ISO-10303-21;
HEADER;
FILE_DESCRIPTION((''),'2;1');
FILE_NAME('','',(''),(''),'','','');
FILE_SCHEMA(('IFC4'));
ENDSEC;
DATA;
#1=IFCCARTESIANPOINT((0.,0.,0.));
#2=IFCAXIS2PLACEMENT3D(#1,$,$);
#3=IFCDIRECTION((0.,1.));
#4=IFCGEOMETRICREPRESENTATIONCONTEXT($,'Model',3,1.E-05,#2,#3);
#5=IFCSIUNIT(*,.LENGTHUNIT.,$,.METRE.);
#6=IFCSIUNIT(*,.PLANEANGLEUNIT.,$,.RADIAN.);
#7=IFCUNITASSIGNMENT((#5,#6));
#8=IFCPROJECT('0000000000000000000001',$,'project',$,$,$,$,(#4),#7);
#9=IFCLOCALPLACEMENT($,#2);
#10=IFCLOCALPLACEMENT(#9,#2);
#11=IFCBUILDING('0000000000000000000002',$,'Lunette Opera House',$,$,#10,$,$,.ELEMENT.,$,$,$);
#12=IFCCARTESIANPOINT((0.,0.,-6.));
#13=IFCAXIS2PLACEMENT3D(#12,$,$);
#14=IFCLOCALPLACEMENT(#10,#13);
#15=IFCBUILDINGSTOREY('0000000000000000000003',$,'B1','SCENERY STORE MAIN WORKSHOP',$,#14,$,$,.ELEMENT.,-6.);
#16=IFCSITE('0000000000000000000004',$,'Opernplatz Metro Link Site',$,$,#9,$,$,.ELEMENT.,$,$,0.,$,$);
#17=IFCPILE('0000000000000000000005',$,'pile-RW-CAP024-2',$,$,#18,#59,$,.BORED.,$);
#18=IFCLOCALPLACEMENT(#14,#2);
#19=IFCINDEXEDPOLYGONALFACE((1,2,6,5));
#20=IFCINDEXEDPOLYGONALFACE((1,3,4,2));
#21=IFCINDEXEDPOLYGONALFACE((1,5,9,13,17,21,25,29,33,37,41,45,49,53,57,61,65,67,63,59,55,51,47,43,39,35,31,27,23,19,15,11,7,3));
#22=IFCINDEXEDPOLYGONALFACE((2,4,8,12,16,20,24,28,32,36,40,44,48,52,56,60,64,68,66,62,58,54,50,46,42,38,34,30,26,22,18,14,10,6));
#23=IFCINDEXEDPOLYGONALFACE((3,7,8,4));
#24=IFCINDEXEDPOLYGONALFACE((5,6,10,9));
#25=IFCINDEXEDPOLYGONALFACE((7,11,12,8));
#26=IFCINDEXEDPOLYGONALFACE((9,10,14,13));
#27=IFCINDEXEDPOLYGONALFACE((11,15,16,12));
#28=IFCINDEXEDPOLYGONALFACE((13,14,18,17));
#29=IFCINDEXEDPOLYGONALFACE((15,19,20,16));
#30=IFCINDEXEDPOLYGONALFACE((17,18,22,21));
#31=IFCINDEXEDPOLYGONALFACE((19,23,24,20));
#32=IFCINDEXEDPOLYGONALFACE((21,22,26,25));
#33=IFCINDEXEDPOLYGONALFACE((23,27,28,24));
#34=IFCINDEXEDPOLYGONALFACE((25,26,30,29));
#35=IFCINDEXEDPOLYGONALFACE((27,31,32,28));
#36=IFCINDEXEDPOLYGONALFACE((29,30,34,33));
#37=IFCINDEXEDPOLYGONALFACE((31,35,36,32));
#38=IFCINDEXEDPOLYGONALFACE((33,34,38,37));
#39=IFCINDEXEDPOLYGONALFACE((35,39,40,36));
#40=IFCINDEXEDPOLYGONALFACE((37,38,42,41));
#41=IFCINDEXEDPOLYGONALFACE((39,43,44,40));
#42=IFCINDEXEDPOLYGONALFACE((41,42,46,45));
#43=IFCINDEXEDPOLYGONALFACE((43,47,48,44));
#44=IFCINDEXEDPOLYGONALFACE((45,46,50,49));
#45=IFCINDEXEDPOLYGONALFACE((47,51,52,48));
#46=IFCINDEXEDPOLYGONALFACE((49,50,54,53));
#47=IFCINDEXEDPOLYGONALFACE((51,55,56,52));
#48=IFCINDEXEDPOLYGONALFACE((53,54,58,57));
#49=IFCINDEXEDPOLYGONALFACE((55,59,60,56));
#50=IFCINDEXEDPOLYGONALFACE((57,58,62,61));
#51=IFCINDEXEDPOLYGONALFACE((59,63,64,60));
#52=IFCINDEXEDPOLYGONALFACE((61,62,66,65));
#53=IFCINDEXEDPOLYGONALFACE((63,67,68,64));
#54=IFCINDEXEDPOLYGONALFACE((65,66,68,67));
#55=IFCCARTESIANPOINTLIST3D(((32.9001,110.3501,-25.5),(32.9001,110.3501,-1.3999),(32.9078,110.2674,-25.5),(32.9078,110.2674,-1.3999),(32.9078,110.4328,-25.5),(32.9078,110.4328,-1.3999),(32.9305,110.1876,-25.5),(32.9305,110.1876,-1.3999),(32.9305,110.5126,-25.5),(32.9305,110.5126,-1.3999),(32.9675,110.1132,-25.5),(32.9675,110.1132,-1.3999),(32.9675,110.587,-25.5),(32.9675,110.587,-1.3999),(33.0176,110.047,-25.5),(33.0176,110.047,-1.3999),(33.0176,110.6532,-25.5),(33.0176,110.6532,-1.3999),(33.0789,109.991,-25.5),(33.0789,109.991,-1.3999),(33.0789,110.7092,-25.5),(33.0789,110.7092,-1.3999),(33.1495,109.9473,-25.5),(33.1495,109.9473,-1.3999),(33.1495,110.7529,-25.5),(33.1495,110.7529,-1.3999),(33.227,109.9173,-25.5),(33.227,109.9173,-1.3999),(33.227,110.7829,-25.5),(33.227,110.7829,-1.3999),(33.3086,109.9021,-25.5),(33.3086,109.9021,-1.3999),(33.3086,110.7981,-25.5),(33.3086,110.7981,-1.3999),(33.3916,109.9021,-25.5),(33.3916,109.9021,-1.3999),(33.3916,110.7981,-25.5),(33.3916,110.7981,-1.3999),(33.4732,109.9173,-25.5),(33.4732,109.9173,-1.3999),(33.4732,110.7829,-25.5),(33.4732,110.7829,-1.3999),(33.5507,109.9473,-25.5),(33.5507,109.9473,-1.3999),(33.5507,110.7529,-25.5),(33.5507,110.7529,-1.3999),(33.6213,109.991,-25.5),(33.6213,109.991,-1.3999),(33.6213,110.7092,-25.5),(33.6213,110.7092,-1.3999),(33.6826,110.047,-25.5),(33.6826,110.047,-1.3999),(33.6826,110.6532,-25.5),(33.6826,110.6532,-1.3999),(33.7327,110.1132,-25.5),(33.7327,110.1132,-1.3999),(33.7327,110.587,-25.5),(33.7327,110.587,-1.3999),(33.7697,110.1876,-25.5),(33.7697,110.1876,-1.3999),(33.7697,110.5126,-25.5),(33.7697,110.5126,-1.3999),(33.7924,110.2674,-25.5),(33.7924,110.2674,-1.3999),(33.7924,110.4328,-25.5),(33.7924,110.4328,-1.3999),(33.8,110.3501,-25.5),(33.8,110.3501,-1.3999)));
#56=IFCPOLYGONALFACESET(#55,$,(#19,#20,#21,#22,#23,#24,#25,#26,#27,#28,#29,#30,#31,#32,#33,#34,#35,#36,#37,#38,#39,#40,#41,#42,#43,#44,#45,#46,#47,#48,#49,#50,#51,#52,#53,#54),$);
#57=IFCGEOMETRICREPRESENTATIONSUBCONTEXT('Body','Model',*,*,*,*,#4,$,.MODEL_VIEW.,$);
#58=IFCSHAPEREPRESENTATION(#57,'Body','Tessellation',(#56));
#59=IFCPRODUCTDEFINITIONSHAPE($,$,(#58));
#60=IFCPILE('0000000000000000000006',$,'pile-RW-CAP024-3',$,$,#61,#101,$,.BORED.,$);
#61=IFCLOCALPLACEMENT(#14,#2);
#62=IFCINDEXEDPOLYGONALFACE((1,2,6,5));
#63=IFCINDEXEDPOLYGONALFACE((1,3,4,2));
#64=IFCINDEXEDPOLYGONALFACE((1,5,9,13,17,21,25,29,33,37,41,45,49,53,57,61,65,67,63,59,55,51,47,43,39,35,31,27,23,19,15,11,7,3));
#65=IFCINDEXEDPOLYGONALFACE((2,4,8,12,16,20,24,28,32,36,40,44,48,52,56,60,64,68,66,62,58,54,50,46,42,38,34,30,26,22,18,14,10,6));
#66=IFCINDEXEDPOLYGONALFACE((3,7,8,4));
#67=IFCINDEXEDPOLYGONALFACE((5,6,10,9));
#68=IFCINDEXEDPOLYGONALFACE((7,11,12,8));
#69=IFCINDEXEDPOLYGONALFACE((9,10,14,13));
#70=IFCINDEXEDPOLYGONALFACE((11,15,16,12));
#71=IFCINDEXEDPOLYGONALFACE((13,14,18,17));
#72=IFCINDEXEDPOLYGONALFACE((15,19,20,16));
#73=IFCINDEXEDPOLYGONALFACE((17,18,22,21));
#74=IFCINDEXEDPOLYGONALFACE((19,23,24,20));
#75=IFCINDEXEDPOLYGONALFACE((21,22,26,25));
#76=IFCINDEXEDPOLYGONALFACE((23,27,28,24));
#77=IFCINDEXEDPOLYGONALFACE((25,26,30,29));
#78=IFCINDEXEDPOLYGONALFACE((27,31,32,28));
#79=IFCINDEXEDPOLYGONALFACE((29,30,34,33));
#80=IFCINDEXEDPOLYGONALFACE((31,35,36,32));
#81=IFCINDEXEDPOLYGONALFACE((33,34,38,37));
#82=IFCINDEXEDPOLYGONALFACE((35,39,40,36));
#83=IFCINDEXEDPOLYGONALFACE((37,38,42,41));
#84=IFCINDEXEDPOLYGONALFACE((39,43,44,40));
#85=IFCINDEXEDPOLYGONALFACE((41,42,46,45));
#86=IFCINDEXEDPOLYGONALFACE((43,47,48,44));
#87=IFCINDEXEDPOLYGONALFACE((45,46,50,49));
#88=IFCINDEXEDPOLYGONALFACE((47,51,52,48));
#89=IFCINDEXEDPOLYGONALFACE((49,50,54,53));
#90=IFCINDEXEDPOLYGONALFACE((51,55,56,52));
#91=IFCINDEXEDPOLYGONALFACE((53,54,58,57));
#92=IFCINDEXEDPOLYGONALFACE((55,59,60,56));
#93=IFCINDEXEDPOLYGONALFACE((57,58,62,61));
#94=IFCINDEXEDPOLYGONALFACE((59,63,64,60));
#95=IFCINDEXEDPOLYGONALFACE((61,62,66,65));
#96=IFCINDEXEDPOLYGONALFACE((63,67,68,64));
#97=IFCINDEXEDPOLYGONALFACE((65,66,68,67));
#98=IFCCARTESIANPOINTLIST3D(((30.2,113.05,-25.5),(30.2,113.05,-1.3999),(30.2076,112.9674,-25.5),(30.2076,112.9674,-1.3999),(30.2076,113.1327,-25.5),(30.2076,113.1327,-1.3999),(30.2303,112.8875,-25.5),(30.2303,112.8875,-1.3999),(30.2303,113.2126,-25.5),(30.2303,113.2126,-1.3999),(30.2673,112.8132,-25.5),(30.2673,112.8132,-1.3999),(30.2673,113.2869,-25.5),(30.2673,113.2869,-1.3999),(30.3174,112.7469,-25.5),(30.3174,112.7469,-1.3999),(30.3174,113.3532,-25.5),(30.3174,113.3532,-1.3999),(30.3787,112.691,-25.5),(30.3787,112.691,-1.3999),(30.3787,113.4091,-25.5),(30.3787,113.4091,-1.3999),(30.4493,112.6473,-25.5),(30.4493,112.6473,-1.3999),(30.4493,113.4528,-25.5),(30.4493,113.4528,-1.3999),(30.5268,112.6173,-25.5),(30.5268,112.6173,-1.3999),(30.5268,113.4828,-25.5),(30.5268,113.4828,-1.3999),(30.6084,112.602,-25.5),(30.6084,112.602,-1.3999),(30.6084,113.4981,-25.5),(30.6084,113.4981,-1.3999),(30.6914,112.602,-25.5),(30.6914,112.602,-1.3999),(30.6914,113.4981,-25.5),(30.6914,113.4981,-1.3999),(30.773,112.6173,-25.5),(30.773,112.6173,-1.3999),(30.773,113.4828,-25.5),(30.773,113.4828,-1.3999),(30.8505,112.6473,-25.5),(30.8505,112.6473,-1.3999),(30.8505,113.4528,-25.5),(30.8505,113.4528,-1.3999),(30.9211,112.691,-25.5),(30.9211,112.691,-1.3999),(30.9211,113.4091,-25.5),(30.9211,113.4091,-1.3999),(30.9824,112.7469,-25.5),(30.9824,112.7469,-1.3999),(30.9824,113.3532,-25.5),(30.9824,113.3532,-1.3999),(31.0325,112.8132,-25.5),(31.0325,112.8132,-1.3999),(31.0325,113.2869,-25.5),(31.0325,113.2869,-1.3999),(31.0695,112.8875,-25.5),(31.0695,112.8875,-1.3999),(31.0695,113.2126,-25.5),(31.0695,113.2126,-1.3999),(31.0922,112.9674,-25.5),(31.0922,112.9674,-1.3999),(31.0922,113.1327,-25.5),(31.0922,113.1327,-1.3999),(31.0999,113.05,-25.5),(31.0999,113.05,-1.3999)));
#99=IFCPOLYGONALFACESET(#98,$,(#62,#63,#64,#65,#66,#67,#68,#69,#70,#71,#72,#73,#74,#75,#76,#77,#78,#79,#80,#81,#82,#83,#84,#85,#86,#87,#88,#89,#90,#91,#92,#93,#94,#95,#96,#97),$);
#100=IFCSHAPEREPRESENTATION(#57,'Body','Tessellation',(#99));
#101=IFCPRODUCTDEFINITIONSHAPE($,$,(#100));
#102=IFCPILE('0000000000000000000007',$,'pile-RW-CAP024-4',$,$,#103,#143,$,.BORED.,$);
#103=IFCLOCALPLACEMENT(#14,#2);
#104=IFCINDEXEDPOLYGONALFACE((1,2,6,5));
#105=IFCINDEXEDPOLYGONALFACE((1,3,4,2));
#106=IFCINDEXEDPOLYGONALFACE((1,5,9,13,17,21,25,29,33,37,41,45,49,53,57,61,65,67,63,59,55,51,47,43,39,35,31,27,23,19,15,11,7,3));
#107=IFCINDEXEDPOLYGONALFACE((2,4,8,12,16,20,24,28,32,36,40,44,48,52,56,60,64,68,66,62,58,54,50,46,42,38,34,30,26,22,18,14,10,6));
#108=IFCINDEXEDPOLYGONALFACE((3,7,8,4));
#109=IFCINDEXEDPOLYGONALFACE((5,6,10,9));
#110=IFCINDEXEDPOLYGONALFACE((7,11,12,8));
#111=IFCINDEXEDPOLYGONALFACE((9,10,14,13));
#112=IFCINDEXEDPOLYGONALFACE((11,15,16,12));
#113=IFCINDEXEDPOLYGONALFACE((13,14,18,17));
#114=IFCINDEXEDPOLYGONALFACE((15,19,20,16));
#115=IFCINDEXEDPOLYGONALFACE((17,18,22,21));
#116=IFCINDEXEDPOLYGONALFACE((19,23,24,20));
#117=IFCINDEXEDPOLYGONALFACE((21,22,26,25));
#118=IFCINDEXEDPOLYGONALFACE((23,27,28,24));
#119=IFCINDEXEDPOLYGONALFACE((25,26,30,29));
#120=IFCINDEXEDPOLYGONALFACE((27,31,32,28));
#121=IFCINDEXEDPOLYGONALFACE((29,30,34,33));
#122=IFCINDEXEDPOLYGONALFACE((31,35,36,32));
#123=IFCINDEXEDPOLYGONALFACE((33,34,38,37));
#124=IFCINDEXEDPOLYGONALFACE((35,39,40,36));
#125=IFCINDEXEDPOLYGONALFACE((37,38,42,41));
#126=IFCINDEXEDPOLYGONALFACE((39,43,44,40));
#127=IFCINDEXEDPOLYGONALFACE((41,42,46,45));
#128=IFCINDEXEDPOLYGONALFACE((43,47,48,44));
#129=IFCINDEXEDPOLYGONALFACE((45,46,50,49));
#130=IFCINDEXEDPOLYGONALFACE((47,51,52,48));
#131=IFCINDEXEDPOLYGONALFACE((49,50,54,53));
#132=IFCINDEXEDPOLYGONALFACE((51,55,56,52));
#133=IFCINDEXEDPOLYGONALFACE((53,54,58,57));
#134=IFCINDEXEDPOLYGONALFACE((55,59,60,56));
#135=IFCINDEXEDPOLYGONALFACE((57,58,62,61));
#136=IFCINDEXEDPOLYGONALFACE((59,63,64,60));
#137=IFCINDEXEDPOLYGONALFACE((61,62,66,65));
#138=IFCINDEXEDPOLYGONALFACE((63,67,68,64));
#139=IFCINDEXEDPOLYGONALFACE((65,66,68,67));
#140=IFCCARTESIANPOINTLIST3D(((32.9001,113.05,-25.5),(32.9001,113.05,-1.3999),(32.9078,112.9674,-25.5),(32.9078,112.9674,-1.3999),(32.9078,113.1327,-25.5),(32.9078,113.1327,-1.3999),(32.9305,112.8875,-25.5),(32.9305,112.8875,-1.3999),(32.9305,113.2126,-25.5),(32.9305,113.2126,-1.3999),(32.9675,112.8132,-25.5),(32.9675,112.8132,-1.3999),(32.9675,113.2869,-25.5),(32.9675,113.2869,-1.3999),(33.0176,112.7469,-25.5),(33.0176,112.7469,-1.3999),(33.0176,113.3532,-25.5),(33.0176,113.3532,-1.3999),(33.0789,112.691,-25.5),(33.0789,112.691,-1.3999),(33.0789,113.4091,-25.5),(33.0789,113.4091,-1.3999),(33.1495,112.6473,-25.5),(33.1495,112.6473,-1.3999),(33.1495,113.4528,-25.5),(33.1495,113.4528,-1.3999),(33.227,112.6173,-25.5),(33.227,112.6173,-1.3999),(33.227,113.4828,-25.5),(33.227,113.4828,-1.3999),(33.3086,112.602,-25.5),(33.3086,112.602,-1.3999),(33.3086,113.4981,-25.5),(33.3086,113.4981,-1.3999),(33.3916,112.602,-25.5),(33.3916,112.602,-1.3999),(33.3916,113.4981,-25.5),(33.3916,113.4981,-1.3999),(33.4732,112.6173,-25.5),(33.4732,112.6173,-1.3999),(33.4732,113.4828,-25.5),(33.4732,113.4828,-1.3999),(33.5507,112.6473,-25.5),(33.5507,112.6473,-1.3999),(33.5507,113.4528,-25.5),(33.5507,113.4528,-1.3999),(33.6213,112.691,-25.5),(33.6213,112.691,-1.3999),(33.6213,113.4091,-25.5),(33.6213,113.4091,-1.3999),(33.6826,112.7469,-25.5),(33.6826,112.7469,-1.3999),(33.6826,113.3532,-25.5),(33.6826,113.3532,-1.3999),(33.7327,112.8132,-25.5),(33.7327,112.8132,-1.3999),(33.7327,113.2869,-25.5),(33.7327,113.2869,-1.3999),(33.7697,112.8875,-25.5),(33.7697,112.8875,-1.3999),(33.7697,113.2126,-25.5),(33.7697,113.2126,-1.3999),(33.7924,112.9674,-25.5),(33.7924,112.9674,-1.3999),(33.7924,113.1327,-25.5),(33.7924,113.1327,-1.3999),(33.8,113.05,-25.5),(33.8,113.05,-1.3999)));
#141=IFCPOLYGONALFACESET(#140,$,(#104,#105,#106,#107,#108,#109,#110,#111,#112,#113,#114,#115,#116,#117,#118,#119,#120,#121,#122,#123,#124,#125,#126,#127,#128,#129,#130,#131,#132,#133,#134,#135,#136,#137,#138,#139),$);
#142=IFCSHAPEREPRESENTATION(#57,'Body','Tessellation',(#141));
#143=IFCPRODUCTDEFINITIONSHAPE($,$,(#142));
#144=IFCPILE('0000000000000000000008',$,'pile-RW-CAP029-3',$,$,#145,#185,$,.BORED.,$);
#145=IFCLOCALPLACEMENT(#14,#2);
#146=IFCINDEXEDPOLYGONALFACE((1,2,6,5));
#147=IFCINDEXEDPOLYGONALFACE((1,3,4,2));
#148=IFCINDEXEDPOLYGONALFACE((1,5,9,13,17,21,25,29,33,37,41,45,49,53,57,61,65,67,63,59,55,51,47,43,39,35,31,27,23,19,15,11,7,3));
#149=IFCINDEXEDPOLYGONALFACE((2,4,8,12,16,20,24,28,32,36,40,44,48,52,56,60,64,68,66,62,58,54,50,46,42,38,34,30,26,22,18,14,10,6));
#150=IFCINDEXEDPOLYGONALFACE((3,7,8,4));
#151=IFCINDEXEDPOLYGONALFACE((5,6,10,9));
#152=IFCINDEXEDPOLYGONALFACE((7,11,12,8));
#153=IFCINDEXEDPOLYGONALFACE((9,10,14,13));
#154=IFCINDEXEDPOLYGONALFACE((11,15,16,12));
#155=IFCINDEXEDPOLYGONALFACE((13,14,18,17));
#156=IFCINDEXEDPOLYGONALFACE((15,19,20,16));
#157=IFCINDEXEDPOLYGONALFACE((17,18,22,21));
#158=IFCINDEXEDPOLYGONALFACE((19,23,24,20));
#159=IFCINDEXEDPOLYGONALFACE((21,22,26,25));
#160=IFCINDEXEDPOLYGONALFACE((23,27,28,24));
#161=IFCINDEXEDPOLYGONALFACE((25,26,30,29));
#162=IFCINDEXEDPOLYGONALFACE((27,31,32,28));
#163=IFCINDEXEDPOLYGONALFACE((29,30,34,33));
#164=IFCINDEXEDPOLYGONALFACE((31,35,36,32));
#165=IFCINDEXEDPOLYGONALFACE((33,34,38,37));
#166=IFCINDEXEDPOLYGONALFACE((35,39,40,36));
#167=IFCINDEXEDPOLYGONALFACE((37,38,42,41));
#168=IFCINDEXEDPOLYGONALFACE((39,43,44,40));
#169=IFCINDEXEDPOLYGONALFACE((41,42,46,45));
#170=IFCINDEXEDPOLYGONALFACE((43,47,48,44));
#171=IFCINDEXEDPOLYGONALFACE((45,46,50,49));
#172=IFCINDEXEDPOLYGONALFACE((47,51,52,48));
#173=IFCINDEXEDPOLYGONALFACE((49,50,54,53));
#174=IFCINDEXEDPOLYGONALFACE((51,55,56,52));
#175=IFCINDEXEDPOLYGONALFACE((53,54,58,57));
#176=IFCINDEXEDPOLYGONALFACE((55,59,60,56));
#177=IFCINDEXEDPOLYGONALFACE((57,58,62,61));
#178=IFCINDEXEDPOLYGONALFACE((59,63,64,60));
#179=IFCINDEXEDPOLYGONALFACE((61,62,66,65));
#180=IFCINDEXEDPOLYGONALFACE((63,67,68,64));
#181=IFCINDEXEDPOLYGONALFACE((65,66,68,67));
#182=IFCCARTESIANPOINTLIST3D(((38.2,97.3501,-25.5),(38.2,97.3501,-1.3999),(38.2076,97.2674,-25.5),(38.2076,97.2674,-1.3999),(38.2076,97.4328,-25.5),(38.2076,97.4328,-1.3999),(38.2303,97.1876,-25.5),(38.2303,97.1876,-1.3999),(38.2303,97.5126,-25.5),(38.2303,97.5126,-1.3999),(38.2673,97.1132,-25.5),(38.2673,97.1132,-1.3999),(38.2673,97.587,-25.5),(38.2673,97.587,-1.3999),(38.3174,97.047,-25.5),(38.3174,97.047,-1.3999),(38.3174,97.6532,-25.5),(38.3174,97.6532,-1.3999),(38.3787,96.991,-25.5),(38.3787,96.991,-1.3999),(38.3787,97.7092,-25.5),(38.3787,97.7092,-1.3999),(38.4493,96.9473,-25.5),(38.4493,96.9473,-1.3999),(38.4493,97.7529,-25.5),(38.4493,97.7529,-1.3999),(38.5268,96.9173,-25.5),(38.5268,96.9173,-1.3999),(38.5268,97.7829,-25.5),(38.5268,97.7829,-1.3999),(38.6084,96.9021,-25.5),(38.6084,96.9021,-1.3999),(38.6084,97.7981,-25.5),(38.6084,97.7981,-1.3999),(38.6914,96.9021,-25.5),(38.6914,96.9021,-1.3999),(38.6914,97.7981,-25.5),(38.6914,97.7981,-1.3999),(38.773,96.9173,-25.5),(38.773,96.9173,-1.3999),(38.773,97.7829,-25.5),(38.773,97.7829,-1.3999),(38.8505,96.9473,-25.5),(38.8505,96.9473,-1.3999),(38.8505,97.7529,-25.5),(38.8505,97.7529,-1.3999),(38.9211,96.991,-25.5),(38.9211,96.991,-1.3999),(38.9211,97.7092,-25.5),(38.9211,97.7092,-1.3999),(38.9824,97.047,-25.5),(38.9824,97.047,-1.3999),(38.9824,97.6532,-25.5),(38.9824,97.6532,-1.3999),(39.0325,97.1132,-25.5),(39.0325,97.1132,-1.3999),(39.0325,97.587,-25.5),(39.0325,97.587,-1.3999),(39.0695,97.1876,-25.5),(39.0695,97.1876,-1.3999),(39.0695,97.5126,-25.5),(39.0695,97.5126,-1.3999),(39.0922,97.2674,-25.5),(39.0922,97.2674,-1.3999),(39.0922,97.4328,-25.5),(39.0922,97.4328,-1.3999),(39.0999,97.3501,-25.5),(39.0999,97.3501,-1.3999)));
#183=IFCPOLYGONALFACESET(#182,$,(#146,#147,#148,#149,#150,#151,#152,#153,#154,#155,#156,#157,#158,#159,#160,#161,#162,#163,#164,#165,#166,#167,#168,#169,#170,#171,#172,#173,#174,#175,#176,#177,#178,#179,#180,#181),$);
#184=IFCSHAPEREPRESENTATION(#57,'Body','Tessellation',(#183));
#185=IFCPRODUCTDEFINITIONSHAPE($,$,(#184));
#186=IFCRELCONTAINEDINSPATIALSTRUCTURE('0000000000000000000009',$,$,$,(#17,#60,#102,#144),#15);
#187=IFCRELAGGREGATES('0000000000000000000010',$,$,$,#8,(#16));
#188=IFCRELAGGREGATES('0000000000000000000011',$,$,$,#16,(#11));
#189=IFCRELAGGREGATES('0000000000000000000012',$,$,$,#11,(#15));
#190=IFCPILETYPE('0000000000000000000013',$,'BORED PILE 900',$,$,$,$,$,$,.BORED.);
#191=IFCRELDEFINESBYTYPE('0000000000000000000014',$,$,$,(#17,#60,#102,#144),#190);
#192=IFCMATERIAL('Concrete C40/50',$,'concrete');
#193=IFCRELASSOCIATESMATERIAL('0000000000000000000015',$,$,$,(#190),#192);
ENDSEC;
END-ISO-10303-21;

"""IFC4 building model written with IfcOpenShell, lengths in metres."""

from ifc_helpers import new_model, si_unit, direction, frame, origin, origin_2d, place, context, subcontext, project, spatial, circle, extrude, material, material_profile, profile_set, type_object, element, save


model = new_model("IFC4")

# Units and contexts
model_context = context("Model", 3, precision=1e-05, world=origin(), true_north=direction((0.0, 1.0)))
body_context = subcontext(model_context, "Body", "Model", "MODEL_VIEW")
ifc_project = project(units=[si_unit("LENGTHUNIT", "METRE"), si_unit("PLANEANGLEUNIT", "RADIAN")], contexts=[model_context])

# Site, building, storey
site_placement = place(None, origin())
site = spatial("IfcSite", under=ifc_project, at=site_placement, Name="Opernplatz Metro Link Site", CompositionType="ELEMENT", RefElevation=0.0)
building_placement = place(site_placement, origin())
building = spatial("IfcBuilding", under=site, at=building_placement, Name="Lunette Opera House", CompositionType="ELEMENT")
storey_placement = place(building_placement, frame((0.0, 0.0, -6.0)))
storey = spatial("IfcBuildingStorey", under=building, at=storey_placement, Name="B1", Description="SCENERY STORE MAIN WORKSHOP", CompositionType="ELEMENT", Elevation=-6.0)

# Piles
ifc_material_1 = material(Name="Concrete C40/50", Category="concrete")
ifc_material_profile_1 = material_profile(ifc_material_1, circle(Radius=0.45, at=origin_2d()), Name="BORED PILE 900")
ifc_profile_set_1 = profile_set([ifc_material_profile_1], Name="Concrete C40/50")
pile_type = type_object("IfcPileType", Name="BORED PILE 900", PredefinedType="BORED", material=ifc_profile_set_1)
for number, where, z_axis, x_axis, name in (
    (1, (33.3501, 110.3501, -1.3999), (0.0, 0.0, -1.0), (1.0, 0.0, 0.0), "pile-RW-CAP024-2"),
    (2, (30.6499, 113.05, -1.3999), (0.0, 0.0, -1.0), (1.0, 0.0, 0.0), "pile-RW-CAP024-3"),
    (3, (33.3501, 113.05, -1.3999), (0.0, 0.0, -1.0), (1.0, 0.0, 0.0), "pile-RW-CAP024-4"),
    (4, (38.6499, 97.3501, -1.3999), (0.0, 0.0, -1.0), (1.0, 0.0, 0.0), "pile-RW-CAP029-3"),
):
    element("IfcPile", number, at=place(storey_placement, frame(where, z_axis=z_axis, x_axis=x_axis)), inside=storey, type_object=pile_type, Name=name, PredefinedType="BORED", context=body_context, shape_type="SweptSolid", body=[
        extrude(circle(Radius=0.45, at=origin_2d()), origin(), (0.0, 0.0, 1.0), 24.1001),
    ])

save(model, "model.ifc")
